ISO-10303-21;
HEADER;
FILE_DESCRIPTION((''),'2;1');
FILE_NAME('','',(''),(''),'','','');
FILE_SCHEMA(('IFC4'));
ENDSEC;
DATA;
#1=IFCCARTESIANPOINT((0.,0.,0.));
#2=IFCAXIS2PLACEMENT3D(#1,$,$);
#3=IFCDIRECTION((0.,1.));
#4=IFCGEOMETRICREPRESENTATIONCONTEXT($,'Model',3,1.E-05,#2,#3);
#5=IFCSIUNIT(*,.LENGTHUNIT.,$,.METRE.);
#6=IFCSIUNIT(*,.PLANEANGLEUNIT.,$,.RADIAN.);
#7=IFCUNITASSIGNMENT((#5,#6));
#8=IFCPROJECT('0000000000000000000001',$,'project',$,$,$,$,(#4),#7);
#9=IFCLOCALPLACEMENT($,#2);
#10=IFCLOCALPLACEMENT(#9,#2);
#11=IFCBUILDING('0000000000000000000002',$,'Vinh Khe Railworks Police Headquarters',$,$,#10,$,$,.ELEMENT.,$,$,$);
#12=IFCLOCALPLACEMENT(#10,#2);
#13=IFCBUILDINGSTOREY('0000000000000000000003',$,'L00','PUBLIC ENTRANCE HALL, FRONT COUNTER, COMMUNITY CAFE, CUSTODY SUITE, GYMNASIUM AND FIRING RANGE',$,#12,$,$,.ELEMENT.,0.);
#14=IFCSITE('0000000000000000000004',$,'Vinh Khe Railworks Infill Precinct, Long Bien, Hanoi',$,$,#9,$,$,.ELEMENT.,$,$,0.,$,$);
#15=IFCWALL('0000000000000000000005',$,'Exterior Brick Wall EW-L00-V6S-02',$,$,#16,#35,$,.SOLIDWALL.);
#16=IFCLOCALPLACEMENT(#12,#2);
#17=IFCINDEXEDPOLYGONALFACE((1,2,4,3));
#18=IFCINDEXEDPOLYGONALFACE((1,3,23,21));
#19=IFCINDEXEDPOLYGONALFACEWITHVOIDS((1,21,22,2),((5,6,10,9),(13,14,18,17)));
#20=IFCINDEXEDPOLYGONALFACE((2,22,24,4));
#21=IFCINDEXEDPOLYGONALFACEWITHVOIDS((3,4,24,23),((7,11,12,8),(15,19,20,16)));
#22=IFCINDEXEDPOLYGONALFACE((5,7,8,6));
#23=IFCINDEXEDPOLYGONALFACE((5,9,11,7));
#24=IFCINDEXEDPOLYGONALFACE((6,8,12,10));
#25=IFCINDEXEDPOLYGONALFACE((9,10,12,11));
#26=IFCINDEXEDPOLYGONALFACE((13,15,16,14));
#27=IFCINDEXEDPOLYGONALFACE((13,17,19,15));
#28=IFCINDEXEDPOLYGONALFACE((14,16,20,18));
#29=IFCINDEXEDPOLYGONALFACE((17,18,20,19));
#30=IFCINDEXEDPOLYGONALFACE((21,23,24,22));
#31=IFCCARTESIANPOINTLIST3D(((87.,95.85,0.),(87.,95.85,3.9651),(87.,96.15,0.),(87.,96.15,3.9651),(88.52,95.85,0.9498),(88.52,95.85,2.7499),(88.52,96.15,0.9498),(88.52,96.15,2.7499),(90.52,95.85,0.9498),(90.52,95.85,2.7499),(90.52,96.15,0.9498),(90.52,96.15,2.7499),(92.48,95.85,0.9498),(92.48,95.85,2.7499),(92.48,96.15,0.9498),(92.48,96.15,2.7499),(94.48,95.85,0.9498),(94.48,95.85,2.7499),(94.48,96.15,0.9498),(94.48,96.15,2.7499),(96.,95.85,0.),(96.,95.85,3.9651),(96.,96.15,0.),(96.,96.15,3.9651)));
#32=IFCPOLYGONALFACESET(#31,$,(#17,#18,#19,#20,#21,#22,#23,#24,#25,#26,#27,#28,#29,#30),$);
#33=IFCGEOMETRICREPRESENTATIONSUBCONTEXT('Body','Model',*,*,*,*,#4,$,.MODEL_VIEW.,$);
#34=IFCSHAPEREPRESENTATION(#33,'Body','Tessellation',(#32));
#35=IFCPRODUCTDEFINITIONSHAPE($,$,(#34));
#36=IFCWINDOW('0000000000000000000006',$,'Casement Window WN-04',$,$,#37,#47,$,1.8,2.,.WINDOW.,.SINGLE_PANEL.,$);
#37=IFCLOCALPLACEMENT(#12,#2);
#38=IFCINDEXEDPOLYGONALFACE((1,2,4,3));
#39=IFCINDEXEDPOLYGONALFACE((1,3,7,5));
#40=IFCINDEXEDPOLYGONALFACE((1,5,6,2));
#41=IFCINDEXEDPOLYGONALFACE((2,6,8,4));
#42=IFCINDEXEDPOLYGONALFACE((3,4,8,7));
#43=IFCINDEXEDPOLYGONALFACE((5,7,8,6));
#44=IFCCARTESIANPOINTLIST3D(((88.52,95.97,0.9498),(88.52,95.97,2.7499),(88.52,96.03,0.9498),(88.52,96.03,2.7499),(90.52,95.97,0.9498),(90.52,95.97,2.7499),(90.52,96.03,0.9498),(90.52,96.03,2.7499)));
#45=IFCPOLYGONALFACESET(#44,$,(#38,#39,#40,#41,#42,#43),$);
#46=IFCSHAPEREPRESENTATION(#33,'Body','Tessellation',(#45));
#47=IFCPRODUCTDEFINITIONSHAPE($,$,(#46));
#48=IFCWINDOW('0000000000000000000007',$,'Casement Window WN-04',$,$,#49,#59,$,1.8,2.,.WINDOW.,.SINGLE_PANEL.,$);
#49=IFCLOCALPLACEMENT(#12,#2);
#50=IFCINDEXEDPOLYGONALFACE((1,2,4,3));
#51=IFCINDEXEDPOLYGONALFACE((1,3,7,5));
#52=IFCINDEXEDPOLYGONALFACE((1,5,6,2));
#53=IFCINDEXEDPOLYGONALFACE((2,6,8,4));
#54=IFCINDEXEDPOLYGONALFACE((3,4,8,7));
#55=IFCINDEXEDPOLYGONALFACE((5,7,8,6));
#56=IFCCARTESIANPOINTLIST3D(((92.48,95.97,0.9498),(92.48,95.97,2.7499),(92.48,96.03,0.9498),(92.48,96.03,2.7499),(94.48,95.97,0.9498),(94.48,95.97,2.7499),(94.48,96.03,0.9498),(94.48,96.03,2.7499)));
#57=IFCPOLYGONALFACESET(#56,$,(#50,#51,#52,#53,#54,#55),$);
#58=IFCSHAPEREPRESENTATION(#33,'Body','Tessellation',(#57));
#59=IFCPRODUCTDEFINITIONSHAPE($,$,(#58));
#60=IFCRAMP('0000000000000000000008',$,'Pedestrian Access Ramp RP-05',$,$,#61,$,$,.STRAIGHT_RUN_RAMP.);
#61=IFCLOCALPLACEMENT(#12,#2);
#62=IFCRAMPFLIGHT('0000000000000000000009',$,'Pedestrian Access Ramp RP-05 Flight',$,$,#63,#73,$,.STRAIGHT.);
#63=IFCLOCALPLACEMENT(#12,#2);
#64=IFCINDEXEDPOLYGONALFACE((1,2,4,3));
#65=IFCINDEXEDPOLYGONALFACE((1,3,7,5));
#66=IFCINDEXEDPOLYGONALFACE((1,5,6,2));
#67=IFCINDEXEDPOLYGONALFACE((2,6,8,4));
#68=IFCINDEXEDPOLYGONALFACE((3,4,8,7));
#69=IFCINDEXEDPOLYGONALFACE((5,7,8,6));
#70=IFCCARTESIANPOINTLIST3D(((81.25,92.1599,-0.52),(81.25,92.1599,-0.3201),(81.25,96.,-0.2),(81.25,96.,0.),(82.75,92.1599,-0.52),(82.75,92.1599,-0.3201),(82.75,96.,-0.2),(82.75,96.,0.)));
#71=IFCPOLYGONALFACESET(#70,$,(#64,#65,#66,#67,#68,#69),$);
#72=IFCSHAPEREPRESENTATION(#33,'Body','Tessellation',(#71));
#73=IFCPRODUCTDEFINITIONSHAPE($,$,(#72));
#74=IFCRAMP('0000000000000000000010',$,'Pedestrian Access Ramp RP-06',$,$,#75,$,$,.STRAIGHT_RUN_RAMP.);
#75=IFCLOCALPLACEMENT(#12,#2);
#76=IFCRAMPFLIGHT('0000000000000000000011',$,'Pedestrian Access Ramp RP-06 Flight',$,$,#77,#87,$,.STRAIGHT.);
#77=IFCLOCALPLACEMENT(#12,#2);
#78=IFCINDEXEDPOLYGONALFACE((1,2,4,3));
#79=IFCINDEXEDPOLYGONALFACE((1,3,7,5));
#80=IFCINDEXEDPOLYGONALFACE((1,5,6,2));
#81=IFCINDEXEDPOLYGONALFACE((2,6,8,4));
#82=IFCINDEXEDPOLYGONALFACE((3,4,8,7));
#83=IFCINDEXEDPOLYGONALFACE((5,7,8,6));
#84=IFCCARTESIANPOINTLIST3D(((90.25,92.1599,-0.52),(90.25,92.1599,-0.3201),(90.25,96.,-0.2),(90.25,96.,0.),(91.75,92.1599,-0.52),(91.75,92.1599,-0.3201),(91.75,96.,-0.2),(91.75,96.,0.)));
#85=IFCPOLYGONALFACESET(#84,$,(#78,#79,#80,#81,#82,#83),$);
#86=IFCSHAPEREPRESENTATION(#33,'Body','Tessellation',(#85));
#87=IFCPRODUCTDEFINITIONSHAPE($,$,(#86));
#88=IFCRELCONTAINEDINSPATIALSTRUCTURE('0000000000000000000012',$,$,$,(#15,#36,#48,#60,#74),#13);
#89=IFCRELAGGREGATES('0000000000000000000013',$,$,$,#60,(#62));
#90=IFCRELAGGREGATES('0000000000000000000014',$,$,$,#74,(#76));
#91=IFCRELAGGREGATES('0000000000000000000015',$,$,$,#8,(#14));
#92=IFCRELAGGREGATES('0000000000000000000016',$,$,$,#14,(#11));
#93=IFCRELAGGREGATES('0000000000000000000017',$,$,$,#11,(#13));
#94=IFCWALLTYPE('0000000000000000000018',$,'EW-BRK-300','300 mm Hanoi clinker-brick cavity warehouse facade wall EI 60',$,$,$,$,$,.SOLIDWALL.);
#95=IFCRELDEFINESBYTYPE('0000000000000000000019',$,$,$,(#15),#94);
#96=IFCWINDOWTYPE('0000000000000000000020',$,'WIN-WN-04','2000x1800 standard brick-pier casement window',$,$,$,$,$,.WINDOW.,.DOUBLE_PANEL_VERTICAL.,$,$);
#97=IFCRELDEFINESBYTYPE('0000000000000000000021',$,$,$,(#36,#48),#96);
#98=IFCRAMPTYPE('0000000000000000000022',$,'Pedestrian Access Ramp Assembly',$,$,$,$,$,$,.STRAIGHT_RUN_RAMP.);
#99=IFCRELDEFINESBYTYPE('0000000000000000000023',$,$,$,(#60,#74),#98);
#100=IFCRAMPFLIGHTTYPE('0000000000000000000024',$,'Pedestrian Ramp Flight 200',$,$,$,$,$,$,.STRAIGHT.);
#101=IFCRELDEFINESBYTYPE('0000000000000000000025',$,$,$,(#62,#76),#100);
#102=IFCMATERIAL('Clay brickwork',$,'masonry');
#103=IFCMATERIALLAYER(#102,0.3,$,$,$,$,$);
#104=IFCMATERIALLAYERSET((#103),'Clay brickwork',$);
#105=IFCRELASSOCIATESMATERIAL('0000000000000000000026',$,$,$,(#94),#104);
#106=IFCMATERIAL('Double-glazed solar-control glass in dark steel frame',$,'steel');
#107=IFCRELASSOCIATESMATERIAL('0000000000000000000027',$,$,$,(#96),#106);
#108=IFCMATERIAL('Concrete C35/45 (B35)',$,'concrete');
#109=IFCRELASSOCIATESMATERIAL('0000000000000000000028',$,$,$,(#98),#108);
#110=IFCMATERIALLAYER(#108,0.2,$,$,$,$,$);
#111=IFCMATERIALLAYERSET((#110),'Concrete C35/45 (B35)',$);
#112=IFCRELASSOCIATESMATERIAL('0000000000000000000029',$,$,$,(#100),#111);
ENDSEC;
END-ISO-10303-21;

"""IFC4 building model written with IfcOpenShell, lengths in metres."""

from ifc_helpers import new_model, si_unit, direction, frame, frame_2d, origin, place, context, subcontext, project, spatial, polyline, rectangle, outline, extrude, material, layer, layer_set, type_object, element, fill, aggregate, save


model = new_model("IFC4")

# Units and contexts
model_context = context("Model", 3, precision=1e-05, world=origin(), true_north=direction((0.0, 1.0)))
body_context = subcontext(model_context, "Body", "Model", "MODEL_VIEW")
ifc_project = project(units=[si_unit("LENGTHUNIT", "METRE"), si_unit("PLANEANGLEUNIT", "RADIAN")], contexts=[model_context])

# Site, building, storey
site_placement = place(None, origin())
site = spatial("IfcSite", under=ifc_project, at=site_placement, Name="Vinh Khe Railworks Infill Precinct, Long Bien, Hanoi", CompositionType="ELEMENT", RefElevation=0.0)
building_placement = place(site_placement, origin())
building = spatial("IfcBuilding", under=site, at=building_placement, Name="Vinh Khe Railworks Police Headquarters", CompositionType="ELEMENT")
storey_placement = place(building_placement, origin())
storey = spatial("IfcBuildingStorey", under=building, at=storey_placement, Name="L00", Description="PUBLIC ENTRANCE HALL, FRONT COUNTER, COMMUNITY CAFE, CUSTODY SUITE, GYMNASIUM AND FIRING RANGE", CompositionType="ELEMENT", Elevation=0.0)

# Shared definitions
ifc_material_1 = material(Name="Concrete C35/45 (B35)", Category="concrete")

# Shared definitions
ifc_material_2 = material(Name="Clay brickwork", Category="masonry")
ifc_layer_1 = layer(ifc_material_2, 0.3)
ifc_layer_set_1 = layer_set([ifc_layer_1], Name="Clay brickwork")
wall_type = type_object("IfcWallType", Name="EW-BRK-300", Description="300 mm Hanoi clinker-brick cavity warehouse facade wall EI 60", PredefinedType="SOLIDWALL", material=ifc_layer_set_1)

# Wall, openings, windows
wall_1_placement = place(storey_placement, frame((87.0, 96.0, 0.0), z_axis=(0.0, 0.0, 1.0), x_axis=(1.0, 0.0, 0.0)))
wall_1 = element("IfcWall", 1, at=wall_1_placement, inside=storey, type_object=wall_type, Name="Exterior Brick Wall EW-L00-V6S-02", PredefinedType="SOLIDWALL", context=body_context, shape_type="SweptSolid", body=[
    extrude(rectangle(XDim=9.0, YDim=0.3, at=frame_2d((4.5, 0.0))), origin(), (0.0, 0.0, 1.0), 3.9651),
])
opening_1_placement = place(wall_1_placement, frame((1.52, 0.0, 0.95)))
opening_1 = element("IfcOpeningElement", 2, at=opening_1_placement, cuts=wall_1, PredefinedType="OPENING", context=body_context, shape_type="SweptSolid", body=[
    extrude(rectangle(XDim=2.0, YDim=1.8, at=frame_2d((1.0, 0.8999))), frame((0.0, 0.165, 0.0), z_axis=(0.0, -1.0, 0.0), x_axis=(1.0, 0.0, 0.0)), (0.0, 0.0, 1.0), 0.3298),
])
opening_2_placement = place(wall_1_placement, frame((5.48, 0.0, 0.95)))
opening_2 = element("IfcOpeningElement", 3, at=opening_2_placement, cuts=wall_1, PredefinedType="OPENING", context=body_context, shape_type="SweptSolid", body=[
    extrude(rectangle(XDim=2.0, YDim=1.8, at=frame_2d((1.0, 0.8999))), frame((0.0, 0.165, 0.0), z_axis=(0.0, -1.0, 0.0), x_axis=(1.0, 0.0, 0.0)), (0.0, 0.0, 1.0), 0.3298),
])
ifc_material_3 = material(Name="Double-glazed solar-control glass in dark steel frame", Category="steel")
window_type = type_object("IfcWindowType", Name="WIN-WN-04", Description="2000x1800 standard brick-pier casement window", PartitioningType="DOUBLE_PANEL_VERTICAL", PredefinedType="WINDOW", material=ifc_material_3)
window_1_placement = place(opening_1_placement, origin())
window_1 = element("IfcWindow", 4, at=window_1_placement, inside=storey, type_object=window_type, Name="Casement Window WN-04", OverallHeight=1.8, OverallWidth=2.0, PartitioningType="SINGLE_PANEL", PredefinedType="WINDOW", context=body_context, shape_type="SweptSolid", body=[
    extrude(rectangle(XDim=2.0, YDim=1.8, at=frame_2d((1.0, 0.8999))), frame((0.0, 0.03, 0.0), z_axis=(0.0, -1.0, 0.0), x_axis=(1.0, 0.0, 0.0)), (0.0, 0.0, 1.0), 0.0601),
])
fill(opening_1, window_1)
window_2_placement = place(opening_2_placement, origin())
window_2 = element("IfcWindow", 5, at=window_2_placement, inside=storey, type_object=window_type, Name="Casement Window WN-04", OverallHeight=1.8, OverallWidth=2.0, PartitioningType="SINGLE_PANEL", PredefinedType="WINDOW", context=body_context, shape_type="SweptSolid", body=[
    extrude(rectangle(XDim=2.0, YDim=1.8, at=frame_2d((1.0, 0.8999))), frame((0.0, 0.03, 0.0), z_axis=(0.0, -1.0, 0.0), x_axis=(1.0, 0.0, 0.0)), (0.0, 0.0, 1.0), 0.0601),
])
fill(opening_2, window_2)

# Ramps, ramp flights
ramp_type = type_object("IfcRampType", Name="Pedestrian Access Ramp Assembly", PredefinedType="STRAIGHT_RUN_RAMP", material=ifc_material_1)
ramp_1_placement = place(storey_placement, origin())
ramp_1 = element("IfcRamp", 6, at=ramp_1_placement, inside=storey, type_object=ramp_type, Name="Pedestrian Access Ramp RP-05", PredefinedType="STRAIGHT_RUN_RAMP")
ifc_layer_2 = layer(ifc_material_1, 0.2)
ifc_layer_set_2 = layer_set([ifc_layer_2], Name="Concrete C35/45 (B35)")
ramp_flight_type = type_object("IfcRampFlightType", Name="Pedestrian Ramp Flight 200", PredefinedType="STRAIGHT", material=ifc_layer_set_2)
ramp_flight_1_placement = place(storey_placement, frame((82.0, 92.1599, -0.3201), z_axis=(0.0, 0.0, 1.0), x_axis=(0.0, 1.0, 0.0)))
ramp_flight_1 = element("IfcRampFlight", 7, at=ramp_flight_1_placement, type_object=ramp_flight_type, Name="Pedestrian Access Ramp RP-05 Flight", PredefinedType="STRAIGHT", context=body_context, shape_type="SweptSolid", body=[
    extrude(outline(polyline([(0.0, -0.2), (3.8401, 0.1201), (3.8401, 0.3201), (0.0, 0.0), (0.0, -0.2)])), frame((0.0, 0.75, 0.0), z_axis=(0.0, -1.0, 0.0), x_axis=(1.0, 0.0, 0.0)), (0.0, 0.0, 1.0), 1.5),
])
aggregate(ramp_1, [ramp_flight_1])
ramp_2_placement = place(storey_placement, origin())
ramp_2 = element("IfcRamp", 8, at=ramp_2_placement, inside=storey, type_object=ramp_type, Name="Pedestrian Access Ramp RP-06", PredefinedType="STRAIGHT_RUN_RAMP")
ramp_flight_2_placement = place(storey_placement, frame((91.0, 92.1599, -0.3201), z_axis=(0.0, 0.0, 1.0), x_axis=(0.0, 1.0, 0.0)))
ramp_flight_2 = element("IfcRampFlight", 9, at=ramp_flight_2_placement, type_object=ramp_flight_type, Name="Pedestrian Access Ramp RP-06 Flight", PredefinedType="STRAIGHT", context=body_context, shape_type="SweptSolid", body=[
    extrude(outline(polyline([(0.0, -0.2), (3.8401, 0.1201), (3.8401, 0.3201), (0.0, 0.0), (0.0, -0.2)])), frame((0.0, 0.75, 0.0), z_axis=(0.0, -1.0, 0.0), x_axis=(1.0, 0.0, 0.0)), (0.0, 0.0, 1.0), 1.5),
])
aggregate(ramp_2, [ramp_flight_2])

save(model, "model.ifc")
